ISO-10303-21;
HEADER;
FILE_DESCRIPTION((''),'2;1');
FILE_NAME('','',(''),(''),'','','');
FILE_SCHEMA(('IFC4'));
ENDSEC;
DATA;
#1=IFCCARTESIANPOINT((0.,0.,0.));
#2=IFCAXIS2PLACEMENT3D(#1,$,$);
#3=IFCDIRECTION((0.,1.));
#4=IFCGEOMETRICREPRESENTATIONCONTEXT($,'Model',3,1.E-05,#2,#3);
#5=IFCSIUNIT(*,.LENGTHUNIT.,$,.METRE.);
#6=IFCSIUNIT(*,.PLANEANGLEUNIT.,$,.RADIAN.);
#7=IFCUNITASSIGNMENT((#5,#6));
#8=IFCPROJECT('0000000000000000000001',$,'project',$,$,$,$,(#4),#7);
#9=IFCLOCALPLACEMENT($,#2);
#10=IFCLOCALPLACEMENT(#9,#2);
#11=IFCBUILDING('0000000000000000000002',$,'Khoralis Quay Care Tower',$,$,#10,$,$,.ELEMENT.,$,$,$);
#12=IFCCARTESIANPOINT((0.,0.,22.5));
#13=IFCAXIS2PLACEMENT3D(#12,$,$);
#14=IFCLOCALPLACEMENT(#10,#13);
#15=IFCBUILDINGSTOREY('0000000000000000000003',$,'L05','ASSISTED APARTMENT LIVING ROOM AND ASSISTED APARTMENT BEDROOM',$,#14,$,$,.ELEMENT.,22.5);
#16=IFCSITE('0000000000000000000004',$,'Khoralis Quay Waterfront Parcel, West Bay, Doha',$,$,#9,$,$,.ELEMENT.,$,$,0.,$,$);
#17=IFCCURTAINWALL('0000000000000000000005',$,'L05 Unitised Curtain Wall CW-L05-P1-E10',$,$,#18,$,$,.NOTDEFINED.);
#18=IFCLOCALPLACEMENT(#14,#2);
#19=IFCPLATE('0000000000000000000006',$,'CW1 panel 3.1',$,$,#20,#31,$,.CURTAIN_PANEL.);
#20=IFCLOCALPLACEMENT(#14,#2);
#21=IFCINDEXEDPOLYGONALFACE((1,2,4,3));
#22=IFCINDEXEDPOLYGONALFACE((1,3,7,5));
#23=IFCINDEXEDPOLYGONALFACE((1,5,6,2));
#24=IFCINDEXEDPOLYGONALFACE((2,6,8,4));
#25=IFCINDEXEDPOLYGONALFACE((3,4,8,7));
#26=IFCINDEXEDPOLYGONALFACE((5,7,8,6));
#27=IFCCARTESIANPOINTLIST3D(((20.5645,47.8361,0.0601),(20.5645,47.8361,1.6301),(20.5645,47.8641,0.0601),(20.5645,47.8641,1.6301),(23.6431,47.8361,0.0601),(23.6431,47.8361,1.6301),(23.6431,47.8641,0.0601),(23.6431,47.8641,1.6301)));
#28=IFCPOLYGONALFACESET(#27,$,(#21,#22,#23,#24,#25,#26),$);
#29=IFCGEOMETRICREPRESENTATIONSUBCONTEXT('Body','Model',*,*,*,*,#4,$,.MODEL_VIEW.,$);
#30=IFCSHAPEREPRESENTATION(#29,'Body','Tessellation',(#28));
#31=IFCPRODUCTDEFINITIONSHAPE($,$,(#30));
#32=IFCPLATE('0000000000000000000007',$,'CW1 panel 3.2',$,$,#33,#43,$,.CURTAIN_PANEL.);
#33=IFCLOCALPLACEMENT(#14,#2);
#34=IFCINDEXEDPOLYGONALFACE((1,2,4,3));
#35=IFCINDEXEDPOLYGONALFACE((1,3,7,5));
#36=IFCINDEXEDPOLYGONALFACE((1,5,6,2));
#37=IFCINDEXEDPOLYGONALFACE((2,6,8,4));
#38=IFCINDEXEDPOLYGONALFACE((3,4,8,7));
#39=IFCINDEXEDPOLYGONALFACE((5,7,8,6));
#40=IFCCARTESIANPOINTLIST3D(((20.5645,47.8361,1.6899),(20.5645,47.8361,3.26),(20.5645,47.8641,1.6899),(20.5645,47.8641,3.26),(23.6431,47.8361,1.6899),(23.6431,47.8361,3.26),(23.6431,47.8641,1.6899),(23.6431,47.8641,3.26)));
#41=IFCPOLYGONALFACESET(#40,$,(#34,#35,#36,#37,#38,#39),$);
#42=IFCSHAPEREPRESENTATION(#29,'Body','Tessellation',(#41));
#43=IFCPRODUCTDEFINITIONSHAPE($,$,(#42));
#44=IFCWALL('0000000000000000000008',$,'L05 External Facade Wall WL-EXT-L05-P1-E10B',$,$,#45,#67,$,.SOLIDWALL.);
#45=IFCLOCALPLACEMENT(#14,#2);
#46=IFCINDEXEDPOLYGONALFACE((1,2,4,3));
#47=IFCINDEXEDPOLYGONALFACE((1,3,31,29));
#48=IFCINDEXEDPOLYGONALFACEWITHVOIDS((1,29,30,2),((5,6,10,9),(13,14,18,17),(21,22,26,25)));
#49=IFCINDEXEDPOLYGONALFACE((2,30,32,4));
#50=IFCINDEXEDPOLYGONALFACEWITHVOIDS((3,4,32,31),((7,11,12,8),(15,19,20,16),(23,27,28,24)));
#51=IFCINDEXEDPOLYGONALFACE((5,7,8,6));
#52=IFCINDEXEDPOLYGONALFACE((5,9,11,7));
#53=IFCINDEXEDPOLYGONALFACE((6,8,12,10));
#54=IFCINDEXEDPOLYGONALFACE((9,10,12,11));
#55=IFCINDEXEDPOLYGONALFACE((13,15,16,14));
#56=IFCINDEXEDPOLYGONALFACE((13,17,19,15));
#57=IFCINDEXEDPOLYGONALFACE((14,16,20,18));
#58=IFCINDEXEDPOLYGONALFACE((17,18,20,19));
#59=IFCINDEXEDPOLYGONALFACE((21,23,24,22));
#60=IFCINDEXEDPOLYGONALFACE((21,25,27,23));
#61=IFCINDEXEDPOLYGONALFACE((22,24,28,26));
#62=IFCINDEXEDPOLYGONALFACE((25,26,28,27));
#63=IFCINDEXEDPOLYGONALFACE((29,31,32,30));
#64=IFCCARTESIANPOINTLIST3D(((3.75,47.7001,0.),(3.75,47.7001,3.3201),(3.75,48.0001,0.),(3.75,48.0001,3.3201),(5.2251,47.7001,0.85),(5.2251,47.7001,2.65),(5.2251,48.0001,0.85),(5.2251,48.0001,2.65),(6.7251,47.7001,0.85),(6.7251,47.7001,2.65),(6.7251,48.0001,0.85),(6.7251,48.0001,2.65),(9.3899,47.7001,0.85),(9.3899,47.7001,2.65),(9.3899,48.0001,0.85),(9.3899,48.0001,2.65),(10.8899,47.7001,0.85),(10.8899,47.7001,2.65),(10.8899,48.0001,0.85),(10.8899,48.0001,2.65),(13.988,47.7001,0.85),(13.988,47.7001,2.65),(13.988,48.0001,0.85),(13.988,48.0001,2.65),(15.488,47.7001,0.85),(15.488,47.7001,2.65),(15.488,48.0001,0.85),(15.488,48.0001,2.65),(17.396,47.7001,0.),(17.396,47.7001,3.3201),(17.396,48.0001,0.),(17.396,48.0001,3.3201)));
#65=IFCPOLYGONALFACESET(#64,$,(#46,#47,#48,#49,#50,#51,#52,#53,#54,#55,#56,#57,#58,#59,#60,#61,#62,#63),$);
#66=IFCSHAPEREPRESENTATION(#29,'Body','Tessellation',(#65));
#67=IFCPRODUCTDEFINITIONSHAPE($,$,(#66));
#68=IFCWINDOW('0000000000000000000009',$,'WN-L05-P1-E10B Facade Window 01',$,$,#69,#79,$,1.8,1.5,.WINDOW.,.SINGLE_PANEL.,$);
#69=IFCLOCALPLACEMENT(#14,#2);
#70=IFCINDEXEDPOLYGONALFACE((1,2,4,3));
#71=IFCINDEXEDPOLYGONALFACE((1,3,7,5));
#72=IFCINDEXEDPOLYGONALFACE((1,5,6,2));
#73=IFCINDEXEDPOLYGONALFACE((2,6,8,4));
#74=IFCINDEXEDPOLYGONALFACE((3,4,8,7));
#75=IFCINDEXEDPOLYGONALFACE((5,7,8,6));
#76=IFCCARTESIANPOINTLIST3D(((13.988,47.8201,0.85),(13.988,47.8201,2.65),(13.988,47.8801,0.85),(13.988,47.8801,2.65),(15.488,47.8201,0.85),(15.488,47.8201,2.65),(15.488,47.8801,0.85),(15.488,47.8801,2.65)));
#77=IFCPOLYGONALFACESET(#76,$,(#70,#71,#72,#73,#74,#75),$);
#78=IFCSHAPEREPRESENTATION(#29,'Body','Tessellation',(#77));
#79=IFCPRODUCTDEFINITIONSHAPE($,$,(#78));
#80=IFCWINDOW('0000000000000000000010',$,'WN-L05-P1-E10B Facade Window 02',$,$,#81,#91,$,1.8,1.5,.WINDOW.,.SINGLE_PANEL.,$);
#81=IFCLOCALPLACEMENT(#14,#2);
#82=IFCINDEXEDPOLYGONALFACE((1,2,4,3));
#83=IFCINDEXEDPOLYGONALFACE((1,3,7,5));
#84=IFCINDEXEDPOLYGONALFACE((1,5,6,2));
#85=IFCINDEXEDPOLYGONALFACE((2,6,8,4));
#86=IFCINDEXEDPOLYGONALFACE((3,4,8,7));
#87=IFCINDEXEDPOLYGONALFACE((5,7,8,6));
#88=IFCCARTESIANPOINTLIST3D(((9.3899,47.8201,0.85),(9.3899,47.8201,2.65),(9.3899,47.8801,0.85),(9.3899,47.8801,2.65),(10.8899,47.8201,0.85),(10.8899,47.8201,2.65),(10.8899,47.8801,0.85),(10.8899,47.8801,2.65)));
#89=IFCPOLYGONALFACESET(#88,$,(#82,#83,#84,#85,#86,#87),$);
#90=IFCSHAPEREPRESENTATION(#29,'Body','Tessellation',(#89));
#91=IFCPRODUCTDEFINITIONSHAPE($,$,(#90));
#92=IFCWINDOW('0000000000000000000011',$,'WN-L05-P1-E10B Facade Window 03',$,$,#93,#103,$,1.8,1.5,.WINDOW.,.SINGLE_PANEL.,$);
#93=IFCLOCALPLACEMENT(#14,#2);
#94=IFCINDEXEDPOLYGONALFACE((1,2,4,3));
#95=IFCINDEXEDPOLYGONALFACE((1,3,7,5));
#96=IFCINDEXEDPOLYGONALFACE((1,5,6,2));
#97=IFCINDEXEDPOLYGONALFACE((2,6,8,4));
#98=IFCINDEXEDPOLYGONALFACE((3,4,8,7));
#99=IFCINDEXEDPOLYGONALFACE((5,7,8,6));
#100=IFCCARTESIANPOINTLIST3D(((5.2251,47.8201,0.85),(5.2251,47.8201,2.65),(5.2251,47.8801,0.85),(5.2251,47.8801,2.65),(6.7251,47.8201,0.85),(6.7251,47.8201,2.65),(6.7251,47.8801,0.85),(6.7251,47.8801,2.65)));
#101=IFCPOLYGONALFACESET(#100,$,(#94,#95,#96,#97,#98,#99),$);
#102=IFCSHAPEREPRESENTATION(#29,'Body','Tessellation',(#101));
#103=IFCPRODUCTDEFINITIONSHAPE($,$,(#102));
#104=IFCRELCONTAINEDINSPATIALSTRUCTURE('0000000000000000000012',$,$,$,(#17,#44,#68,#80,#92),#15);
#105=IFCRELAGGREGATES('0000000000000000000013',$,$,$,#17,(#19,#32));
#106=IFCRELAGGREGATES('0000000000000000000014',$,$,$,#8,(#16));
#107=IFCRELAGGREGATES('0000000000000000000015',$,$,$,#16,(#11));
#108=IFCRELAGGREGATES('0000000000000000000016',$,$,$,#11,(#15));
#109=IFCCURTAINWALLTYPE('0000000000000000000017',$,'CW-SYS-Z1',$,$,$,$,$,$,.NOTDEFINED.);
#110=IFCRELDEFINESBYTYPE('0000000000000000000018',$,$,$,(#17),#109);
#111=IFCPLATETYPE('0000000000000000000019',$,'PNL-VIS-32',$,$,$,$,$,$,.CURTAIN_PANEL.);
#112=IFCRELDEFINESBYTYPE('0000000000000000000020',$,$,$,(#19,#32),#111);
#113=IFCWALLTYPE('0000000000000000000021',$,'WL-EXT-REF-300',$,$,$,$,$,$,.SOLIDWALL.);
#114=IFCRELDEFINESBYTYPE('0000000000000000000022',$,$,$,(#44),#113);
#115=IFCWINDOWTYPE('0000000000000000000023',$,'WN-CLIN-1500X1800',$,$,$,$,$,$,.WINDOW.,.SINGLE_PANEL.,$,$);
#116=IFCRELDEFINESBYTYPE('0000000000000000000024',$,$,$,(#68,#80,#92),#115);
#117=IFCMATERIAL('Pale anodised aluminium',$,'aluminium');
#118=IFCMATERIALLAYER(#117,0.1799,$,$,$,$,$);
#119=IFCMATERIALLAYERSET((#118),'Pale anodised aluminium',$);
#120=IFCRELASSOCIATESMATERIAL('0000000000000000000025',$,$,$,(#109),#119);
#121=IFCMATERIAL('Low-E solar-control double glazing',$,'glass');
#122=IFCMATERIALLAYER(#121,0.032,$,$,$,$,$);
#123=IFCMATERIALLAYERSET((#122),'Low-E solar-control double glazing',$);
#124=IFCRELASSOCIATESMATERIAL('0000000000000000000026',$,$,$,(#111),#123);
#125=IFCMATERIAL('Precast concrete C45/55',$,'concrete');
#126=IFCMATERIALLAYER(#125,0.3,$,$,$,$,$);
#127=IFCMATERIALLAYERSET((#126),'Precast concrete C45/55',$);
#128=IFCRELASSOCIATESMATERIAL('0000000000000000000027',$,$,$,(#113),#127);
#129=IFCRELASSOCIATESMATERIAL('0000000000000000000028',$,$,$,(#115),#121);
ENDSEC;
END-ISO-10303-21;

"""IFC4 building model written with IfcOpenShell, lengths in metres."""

from ifc_helpers import new_model, si_unit, direction, frame, frame_2d, origin, origin_2d, place, context, subcontext, project, spatial, rectangle, extrude, source, transform, mapped, material, layer, layer_set, type_object, element, fill, aggregate, save


model = new_model("IFC4")

# Units and contexts
model_context = context("Model", 3, precision=1e-05, world=origin(), true_north=direction((0.0, 1.0)))
body_context = subcontext(model_context, "Body", "Model", "MODEL_VIEW")
ifc_project = project(units=[si_unit("LENGTHUNIT", "METRE"), si_unit("PLANEANGLEUNIT", "RADIAN")], contexts=[model_context])

# Site, building, storey
site_placement = place(None, origin())
site = spatial("IfcSite", under=ifc_project, at=site_placement, Name="Khoralis Quay Waterfront Parcel, West Bay, Doha", CompositionType="ELEMENT", RefElevation=0.0)
building_placement = place(site_placement, origin())
building = spatial("IfcBuilding", under=site, at=building_placement, Name="Khoralis Quay Care Tower", CompositionType="ELEMENT")
storey_placement = place(building_placement, frame((0.0, 0.0, 22.5)))
storey = spatial("IfcBuildingStorey", under=building, at=storey_placement, Name="L05", Description="ASSISTED APARTMENT LIVING ROOM AND ASSISTED APARTMENT BEDROOM", CompositionType="ELEMENT", Elevation=22.5)

# Curtain wall, plates
ifc_material_1 = material(Name="Pale anodised aluminium", Category="aluminium")
ifc_layer_1 = layer(ifc_material_1, 0.1799)
ifc_layer_set_1 = layer_set([ifc_layer_1], Name="Pale anodised aluminium")
curtain_wall_type = type_object("IfcCurtainWallType", Name="CW-SYS-Z1", PredefinedType="NOTDEFINED", material=ifc_layer_set_1)
curtain_wall_placement = place(storey_placement, origin())
curtain_wall = element("IfcCurtainWall", 1, at=curtain_wall_placement, inside=storey, type_object=curtain_wall_type, Name="L05 Unitised Curtain Wall CW-L05-P1-E10", PredefinedType="NOTDEFINED")
ifc_material_2 = material(Name="Low-E solar-control double glazing", Category="glass")
ifc_layer_2 = layer(ifc_material_2, 0.032)
ifc_layer_set_2 = layer_set([ifc_layer_2], Name="Low-E solar-control double glazing")
plate_type = type_object("IfcPlateType", Name="PNL-VIS-32", PredefinedType="CURTAIN_PANEL", material=ifc_layer_set_2)
shared_shape_1 = source(origin(), body_context, "Body", "SweptSolid", [
    extrude(rectangle(XDim=3.0786, YDim=0.0281, at=origin_2d()), origin(), (0.0, 0.0, 1.0), 1.5701),
])
plate_1_placement = place(storey_placement, frame((22.1038, 47.8501, 0.0601), z_axis=(0.0, 0.0, 1.0), x_axis=(-1.0, 0.0, 0.0)))
plate_1 = element("IfcPlate", 2, at=plate_1_placement, type_object=plate_type, Name="CW1 panel 3.1", PredefinedType="CURTAIN_PANEL", context=body_context, shape_type="MappedRepresentation", body=[
    mapped(shared_shape_1, transform((0.0, 0.0, 0.0), scale=1.0)),
])
plate_2_placement = place(storey_placement, frame((22.1038, 47.8501, 1.6899), z_axis=(0.0, 0.0, 1.0), x_axis=(-1.0, 0.0, 0.0)))
plate_2 = element("IfcPlate", 3, at=plate_2_placement, type_object=plate_type, Name="CW1 panel 3.2", PredefinedType="CURTAIN_PANEL", context=body_context, shape_type="MappedRepresentation", body=[
    mapped(shared_shape_1, transform((0.0, 0.0, 0.0), scale=1.0)),
])
aggregate(curtain_wall, [plate_1, plate_2])

# Wall, openings, windows
ifc_material_3 = material(Name="Precast concrete C45/55", Category="concrete")
ifc_layer_3 = layer(ifc_material_3, 0.3)
ifc_layer_set_3 = layer_set([ifc_layer_3], Name="Precast concrete C45/55")
wall_type_1 = type_object("IfcWallType", Name="WL-EXT-REF-300", PredefinedType="SOLIDWALL", material=ifc_layer_set_3)
wall_1_placement = place(storey_placement, frame((17.396, 47.8501, 0.0), z_axis=(0.0, 0.0, 1.0), x_axis=(-1.0, 0.0, 0.0)))
wall_1 = element("IfcWall", 4, at=wall_1_placement, inside=storey, type_object=wall_type_1, Name="L05 External Facade Wall WL-EXT-L05-P1-E10B", PredefinedType="SOLIDWALL", context=body_context, shape_type="SweptSolid", body=[
    extrude(rectangle(XDim=13.646, YDim=0.3, at=frame_2d((6.823, 0.0))), origin(), (0.0, 0.0, 1.0), 3.3201),
])
opening_1_placement = place(wall_1_placement, frame((1.908, 0.0, 0.8501)))
opening_1 = element("IfcOpeningElement", 5, at=opening_1_placement, cuts=wall_1, PredefinedType="OPENING", context=body_context, shape_type="SweptSolid", body=[
    extrude(rectangle(XDim=1.5, YDim=1.8, at=frame_2d((0.75, 0.8999))), frame((0.0, 0.1602, 0.0), z_axis=(0.0, -1.0, 0.0), x_axis=(1.0, 0.0, 0.0)), (0.0, 0.0, 1.0), 0.3201),
])
opening_2_placement = place(wall_1_placement, frame((6.5061, 0.0, 0.8501)))
opening_2 = element("IfcOpeningElement", 6, at=opening_2_placement, cuts=wall_1, PredefinedType="OPENING", context=body_context, shape_type="SweptSolid", body=[
    extrude(rectangle(XDim=1.5, YDim=1.8, at=frame_2d((0.75, 0.8999))), frame((0.0, 0.1602, 0.0), z_axis=(0.0, -1.0, 0.0), x_axis=(1.0, 0.0, 0.0)), (0.0, 0.0, 1.0), 0.3201),
])
opening_3_placement = place(wall_1_placement, frame((10.6709, 0.0, 0.8501)))
opening_3 = element("IfcOpeningElement", 7, at=opening_3_placement, cuts=wall_1, PredefinedType="OPENING", context=body_context, shape_type="SweptSolid", body=[
    extrude(rectangle(XDim=1.5, YDim=1.8, at=frame_2d((0.75, 0.8999))), frame((0.0, 0.1602, 0.0), z_axis=(0.0, -1.0, 0.0), x_axis=(1.0, 0.0, 0.0)), (0.0, 0.0, 1.0), 0.3201),
])
window_type = type_object("IfcWindowType", Name="WN-CLIN-1500X1800", PartitioningType="SINGLE_PANEL", PredefinedType="WINDOW", material=ifc_material_2)
shared_shape_2 = source(origin(), body_context, "Body", "SweptSolid", [
    extrude(rectangle(XDim=1.5, YDim=1.8, at=frame_2d((0.75, 0.8999))), frame((0.0, 0.03, 0.0), z_axis=(0.0, -1.0, 0.0), x_axis=(1.0, 0.0, 0.0)), (0.0, 0.0, 1.0), 0.0601),
])
window_1_placement = place(opening_1_placement, origin())
window_1 = element("IfcWindow", 8, at=window_1_placement, inside=storey, type_object=window_type, Name="WN-L05-P1-E10B Facade Window 01", OverallHeight=1.8, OverallWidth=1.5, PartitioningType="SINGLE_PANEL", PredefinedType="WINDOW", context=body_context, shape_type="MappedRepresentation", body=[
    mapped(shared_shape_2, transform((0.0, 0.0, 0.0), scale=1.0)),
])
fill(opening_1, window_1)
window_2_placement = place(opening_2_placement, origin())
window_2 = element("IfcWindow", 9, at=window_2_placement, inside=storey, type_object=window_type, Name="WN-L05-P1-E10B Facade Window 02", OverallHeight=1.8, OverallWidth=1.5, PartitioningType="SINGLE_PANEL", PredefinedType="WINDOW", context=body_context, shape_type="MappedRepresentation", body=[
    mapped(shared_shape_2, transform((0.0, 0.0, 0.0), scale=1.0)),
])
fill(opening_2, window_2)
window_3_placement = place(opening_3_placement, origin())
window_3 = element("IfcWindow", 10, at=window_3_placement, inside=storey, type_object=window_type, Name="WN-L05-P1-E10B Facade Window 03", OverallHeight=1.8, OverallWidth=1.5, PartitioningType="SINGLE_PANEL", PredefinedType="WINDOW", context=body_context, shape_type="MappedRepresentation", body=[
    mapped(shared_shape_2, transform((0.0, 0.0, 0.0), scale=1.0)),
])
fill(opening_3, window_3)

save(model, "model.ifc")
